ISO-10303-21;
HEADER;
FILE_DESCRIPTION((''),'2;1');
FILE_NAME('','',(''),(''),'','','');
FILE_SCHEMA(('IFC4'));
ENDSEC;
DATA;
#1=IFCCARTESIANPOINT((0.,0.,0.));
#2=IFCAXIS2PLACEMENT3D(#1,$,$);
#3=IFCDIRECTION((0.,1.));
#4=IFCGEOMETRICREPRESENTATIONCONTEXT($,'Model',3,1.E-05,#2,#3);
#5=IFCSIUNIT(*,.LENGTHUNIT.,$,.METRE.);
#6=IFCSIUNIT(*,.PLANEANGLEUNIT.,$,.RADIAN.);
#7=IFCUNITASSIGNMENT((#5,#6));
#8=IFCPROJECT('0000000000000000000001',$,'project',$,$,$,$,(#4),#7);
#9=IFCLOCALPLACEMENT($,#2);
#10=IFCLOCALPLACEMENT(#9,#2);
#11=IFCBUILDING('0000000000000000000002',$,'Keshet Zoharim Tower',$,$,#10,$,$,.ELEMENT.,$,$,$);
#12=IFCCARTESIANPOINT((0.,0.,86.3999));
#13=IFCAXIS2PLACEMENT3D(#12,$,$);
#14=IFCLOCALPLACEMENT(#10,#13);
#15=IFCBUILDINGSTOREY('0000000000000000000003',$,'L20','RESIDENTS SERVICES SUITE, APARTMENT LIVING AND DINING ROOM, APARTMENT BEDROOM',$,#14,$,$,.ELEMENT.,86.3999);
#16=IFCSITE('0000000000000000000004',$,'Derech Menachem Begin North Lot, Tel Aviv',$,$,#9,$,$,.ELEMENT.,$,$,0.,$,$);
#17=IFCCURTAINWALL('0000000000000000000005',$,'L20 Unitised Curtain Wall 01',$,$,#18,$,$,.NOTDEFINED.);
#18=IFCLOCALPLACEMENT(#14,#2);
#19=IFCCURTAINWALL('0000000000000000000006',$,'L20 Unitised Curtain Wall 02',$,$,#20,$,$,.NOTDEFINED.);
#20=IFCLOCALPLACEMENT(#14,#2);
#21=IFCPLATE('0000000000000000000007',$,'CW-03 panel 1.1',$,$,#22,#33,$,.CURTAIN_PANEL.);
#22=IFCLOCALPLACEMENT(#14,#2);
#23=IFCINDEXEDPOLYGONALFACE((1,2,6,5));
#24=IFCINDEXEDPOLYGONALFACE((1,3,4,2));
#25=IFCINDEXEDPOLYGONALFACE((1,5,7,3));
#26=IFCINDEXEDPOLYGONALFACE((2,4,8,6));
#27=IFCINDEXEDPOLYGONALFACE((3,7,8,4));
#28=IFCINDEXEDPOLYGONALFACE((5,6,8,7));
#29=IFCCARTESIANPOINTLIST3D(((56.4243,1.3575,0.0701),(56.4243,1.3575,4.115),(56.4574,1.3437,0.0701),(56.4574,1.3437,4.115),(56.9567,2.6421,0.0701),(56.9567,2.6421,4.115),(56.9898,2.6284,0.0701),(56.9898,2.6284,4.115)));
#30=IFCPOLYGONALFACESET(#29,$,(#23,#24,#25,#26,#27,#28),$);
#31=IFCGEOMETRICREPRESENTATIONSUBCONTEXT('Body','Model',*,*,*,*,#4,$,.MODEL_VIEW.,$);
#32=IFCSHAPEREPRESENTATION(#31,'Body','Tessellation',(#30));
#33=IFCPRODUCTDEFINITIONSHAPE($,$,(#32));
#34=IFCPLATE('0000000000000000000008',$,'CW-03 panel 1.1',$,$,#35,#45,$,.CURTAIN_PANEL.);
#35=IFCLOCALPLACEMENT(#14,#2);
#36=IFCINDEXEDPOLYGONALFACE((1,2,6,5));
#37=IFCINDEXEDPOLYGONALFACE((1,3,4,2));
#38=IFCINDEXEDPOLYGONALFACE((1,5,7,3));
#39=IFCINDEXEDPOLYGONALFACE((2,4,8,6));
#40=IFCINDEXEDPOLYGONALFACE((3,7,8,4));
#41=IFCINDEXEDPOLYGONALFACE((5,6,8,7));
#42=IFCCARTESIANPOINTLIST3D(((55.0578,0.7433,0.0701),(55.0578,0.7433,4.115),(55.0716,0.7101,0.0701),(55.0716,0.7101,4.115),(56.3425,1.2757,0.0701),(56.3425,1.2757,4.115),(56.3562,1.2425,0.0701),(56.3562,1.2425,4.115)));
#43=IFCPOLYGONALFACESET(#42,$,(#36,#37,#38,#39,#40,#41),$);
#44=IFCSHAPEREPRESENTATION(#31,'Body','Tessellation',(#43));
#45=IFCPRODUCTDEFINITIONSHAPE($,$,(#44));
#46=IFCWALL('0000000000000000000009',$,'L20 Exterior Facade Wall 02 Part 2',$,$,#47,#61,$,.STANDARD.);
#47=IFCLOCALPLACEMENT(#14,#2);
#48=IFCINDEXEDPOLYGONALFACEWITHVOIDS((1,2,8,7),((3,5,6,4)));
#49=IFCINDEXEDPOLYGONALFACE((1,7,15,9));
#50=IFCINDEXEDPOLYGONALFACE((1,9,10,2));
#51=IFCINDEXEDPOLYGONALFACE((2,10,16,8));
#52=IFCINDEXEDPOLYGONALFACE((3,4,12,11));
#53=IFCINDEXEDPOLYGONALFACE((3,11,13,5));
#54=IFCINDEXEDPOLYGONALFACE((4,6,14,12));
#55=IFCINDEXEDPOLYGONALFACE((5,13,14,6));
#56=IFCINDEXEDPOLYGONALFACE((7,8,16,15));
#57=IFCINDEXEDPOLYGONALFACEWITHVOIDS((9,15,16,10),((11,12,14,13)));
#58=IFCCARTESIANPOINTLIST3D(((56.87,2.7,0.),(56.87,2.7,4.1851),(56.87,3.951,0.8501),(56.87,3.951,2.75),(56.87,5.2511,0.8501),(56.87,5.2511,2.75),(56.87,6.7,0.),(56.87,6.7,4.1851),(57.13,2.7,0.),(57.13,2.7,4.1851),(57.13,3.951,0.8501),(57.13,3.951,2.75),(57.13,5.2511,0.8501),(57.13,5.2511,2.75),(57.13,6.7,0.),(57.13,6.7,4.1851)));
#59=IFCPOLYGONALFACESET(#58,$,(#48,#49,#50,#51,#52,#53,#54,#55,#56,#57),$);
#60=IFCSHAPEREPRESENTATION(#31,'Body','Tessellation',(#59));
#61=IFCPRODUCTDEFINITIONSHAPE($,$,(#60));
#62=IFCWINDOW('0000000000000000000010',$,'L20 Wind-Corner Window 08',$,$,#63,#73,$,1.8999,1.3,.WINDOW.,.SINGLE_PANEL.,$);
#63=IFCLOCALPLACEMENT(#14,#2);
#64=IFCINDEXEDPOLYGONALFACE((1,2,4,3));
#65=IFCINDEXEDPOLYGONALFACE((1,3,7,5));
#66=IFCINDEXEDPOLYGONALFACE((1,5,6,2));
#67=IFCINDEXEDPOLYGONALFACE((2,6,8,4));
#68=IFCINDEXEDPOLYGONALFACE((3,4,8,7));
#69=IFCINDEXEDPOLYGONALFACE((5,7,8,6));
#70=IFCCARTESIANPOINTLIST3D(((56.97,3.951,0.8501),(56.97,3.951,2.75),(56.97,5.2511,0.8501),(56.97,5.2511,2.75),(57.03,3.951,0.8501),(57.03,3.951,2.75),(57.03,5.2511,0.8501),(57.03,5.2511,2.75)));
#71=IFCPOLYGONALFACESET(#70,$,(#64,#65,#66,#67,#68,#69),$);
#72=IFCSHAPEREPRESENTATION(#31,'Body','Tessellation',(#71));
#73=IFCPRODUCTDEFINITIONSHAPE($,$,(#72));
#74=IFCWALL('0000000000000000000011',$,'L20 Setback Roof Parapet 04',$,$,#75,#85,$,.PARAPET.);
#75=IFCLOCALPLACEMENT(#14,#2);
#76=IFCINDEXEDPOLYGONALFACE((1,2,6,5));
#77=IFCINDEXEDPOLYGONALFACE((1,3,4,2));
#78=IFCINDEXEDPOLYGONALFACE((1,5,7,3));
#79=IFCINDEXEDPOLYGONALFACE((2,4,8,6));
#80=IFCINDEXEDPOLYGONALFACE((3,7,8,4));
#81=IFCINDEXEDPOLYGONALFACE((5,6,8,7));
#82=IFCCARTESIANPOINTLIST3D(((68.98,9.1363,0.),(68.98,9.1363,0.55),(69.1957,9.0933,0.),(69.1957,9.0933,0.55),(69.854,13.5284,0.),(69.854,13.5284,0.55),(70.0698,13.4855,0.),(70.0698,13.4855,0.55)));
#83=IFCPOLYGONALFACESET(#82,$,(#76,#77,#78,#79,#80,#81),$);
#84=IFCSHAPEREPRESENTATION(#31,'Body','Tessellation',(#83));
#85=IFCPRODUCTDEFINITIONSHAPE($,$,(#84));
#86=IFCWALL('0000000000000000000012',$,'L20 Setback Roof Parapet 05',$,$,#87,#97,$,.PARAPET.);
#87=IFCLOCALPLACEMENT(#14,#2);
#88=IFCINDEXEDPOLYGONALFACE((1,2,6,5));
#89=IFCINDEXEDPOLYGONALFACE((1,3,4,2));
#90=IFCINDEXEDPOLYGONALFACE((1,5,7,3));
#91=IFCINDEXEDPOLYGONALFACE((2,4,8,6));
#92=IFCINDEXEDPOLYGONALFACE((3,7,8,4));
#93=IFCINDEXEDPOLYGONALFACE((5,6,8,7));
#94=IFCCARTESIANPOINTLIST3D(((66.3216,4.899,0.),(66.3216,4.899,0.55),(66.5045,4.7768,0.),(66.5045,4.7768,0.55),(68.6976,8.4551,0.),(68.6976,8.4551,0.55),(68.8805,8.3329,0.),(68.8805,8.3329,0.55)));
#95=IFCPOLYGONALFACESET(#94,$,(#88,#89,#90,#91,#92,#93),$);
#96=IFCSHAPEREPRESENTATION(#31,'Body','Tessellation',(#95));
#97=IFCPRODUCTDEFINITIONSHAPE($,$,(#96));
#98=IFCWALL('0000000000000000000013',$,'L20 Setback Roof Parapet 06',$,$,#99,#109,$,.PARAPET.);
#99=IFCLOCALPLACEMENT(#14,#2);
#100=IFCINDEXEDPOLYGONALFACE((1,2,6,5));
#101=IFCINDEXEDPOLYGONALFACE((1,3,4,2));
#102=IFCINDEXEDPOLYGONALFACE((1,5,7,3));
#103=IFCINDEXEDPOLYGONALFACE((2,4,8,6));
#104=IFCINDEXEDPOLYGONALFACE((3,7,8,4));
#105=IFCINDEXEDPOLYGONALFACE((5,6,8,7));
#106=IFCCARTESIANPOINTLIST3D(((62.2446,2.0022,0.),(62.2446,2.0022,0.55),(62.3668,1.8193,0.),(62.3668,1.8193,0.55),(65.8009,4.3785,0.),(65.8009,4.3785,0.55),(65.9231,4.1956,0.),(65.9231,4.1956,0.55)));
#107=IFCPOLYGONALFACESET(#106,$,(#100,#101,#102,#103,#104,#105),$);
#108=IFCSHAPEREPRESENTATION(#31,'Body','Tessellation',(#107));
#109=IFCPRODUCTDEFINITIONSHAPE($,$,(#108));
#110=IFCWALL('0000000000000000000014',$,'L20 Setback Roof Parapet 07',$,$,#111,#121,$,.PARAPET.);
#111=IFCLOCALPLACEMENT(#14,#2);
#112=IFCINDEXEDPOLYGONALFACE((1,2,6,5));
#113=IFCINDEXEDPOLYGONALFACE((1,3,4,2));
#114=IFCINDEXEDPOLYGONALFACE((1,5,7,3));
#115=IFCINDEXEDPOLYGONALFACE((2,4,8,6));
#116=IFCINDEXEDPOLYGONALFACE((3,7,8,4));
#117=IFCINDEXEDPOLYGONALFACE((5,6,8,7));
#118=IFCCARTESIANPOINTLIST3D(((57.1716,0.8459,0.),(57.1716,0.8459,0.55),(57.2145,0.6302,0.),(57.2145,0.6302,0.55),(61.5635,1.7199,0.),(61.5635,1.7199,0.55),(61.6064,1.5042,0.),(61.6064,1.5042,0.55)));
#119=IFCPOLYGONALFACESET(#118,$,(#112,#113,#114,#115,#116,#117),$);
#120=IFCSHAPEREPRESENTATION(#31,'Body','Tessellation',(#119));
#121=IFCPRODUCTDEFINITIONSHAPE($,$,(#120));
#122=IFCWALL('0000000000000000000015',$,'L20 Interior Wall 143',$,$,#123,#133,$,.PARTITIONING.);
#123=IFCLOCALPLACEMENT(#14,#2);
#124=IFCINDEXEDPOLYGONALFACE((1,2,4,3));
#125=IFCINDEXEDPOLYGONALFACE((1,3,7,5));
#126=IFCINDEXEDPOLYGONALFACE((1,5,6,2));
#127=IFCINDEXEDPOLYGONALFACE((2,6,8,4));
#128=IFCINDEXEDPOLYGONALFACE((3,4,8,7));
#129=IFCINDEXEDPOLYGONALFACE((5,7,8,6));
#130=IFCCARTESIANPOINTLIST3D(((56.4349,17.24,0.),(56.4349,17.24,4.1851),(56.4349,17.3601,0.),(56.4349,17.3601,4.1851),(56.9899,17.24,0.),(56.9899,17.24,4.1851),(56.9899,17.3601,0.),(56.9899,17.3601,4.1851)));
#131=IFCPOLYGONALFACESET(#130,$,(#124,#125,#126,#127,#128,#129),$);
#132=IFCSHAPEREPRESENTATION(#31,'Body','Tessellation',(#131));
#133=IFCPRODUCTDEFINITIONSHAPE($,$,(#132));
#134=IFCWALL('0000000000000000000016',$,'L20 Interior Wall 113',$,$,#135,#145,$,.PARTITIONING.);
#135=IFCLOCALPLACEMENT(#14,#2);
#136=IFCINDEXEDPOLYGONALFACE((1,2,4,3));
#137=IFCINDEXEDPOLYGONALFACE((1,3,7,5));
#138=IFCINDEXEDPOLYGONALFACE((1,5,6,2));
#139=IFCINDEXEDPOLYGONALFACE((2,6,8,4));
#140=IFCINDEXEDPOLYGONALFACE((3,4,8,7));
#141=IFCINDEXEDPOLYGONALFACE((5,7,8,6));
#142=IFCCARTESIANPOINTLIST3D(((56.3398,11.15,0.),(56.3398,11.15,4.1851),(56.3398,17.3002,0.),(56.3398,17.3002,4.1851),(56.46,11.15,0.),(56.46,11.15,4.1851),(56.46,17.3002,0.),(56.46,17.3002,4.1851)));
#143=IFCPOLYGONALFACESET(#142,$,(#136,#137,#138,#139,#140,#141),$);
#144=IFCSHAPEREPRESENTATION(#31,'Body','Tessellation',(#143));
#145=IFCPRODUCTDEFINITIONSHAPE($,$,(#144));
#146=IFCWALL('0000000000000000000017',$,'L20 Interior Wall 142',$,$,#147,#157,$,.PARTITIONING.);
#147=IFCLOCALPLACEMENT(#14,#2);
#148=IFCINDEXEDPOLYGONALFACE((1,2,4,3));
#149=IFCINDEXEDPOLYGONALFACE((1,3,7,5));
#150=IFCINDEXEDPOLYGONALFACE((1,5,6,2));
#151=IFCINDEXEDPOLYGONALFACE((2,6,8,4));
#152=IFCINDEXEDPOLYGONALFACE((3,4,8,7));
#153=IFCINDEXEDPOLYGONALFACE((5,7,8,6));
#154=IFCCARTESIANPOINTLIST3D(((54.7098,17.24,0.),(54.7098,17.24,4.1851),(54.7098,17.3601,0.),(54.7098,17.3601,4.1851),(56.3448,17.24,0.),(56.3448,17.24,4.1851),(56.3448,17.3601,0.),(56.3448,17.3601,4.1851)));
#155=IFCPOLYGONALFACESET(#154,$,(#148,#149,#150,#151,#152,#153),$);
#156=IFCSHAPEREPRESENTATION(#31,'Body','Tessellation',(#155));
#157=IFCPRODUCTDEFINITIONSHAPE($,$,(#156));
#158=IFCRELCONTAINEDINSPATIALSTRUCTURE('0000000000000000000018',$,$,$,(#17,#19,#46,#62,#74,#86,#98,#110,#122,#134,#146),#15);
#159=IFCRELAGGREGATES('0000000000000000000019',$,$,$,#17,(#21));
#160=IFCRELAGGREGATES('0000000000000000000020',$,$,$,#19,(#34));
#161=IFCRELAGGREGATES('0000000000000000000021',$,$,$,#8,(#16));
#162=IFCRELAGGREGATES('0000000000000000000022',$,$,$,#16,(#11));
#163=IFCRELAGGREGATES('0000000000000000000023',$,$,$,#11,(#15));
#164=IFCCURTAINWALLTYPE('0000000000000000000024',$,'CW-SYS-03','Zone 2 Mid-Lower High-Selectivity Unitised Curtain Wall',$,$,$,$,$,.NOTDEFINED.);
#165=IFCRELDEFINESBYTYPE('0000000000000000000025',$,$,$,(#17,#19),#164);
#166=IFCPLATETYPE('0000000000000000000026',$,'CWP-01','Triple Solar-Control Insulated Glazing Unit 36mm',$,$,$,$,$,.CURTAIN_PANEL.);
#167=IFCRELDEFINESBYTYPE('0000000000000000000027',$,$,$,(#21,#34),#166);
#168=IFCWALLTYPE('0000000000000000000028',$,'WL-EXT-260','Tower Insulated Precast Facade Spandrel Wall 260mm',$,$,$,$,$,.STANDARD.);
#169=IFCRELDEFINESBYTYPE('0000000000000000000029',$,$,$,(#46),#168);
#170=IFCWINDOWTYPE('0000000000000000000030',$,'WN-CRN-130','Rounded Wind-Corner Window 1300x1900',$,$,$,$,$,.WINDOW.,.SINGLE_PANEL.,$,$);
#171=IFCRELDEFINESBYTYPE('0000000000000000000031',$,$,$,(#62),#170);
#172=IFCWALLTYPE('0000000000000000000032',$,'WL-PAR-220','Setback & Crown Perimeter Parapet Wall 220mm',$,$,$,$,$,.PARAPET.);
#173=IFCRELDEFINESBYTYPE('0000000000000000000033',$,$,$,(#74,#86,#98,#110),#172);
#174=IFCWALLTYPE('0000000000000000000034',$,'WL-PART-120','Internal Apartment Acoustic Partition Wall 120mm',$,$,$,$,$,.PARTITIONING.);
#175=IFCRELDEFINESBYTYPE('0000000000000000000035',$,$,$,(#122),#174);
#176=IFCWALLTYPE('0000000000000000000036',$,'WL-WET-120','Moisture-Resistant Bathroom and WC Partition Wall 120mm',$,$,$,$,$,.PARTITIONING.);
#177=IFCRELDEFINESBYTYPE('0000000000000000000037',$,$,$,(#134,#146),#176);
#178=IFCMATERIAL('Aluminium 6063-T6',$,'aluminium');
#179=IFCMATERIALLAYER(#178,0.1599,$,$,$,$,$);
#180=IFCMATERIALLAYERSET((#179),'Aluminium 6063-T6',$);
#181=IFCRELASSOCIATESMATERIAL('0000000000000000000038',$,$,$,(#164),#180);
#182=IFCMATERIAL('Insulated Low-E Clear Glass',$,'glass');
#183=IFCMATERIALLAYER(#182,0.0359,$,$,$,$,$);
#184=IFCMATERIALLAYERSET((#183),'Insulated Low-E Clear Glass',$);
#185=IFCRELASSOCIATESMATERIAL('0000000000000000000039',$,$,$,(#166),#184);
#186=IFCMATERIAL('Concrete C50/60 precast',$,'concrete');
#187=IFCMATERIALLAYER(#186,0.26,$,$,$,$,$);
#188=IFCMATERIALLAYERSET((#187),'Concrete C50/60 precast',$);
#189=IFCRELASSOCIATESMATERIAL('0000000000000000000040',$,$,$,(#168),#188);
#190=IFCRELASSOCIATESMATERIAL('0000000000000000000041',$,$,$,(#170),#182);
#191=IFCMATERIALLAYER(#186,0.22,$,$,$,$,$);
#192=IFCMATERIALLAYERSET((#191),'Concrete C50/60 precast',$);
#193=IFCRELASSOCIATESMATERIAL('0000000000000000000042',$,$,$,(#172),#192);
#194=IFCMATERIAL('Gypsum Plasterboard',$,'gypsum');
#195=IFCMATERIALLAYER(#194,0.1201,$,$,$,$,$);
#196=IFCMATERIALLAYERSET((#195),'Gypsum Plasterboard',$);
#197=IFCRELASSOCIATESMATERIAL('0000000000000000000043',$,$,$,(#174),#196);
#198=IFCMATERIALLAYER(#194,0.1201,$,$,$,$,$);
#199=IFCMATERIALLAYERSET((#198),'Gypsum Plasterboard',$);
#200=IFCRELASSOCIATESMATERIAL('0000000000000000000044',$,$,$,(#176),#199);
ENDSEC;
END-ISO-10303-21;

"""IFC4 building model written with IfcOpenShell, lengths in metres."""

from ifc_helpers import new_model, si_unit, direction, frame, frame_2d, origin, origin_2d, place, context, subcontext, project, spatial, rectangle, extrude, material, layer, layer_set, type_object, element, fill, aggregate, save


model = new_model("IFC4")

# Units and contexts
model_context = context("Model", 3, precision=1e-05, world=origin(), true_north=direction((0.0, 1.0)))
body_context = subcontext(model_context, "Body", "Model", "MODEL_VIEW")
ifc_project = project(units=[si_unit("LENGTHUNIT", "METRE"), si_unit("PLANEANGLEUNIT", "RADIAN")], contexts=[model_context])

# Site, building, storey
site_placement = place(None, origin())
site = spatial("IfcSite", under=ifc_project, at=site_placement, Name="Derech Menachem Begin North Lot, Tel Aviv", CompositionType="ELEMENT", RefElevation=0.0)
building_placement = place(site_placement, origin())
building = spatial("IfcBuilding", under=site, at=building_placement, Name="Keshet Zoharim Tower", CompositionType="ELEMENT")
storey_placement = place(building_placement, frame((0.0, 0.0, 86.3999)))
storey = spatial("IfcBuildingStorey", under=building, at=storey_placement, Name="L20", Description="RESIDENTS SERVICES SUITE, APARTMENT LIVING AND DINING ROOM, APARTMENT BEDROOM", CompositionType="ELEMENT", Elevation=86.3999)

# Curtain walls
ifc_material_1 = material(Name="Aluminium 6063-T6", Category="aluminium")
ifc_layer_1 = layer(ifc_material_1, 0.1599)
ifc_layer_set_1 = layer_set([ifc_layer_1], Name="Aluminium 6063-T6")
curtain_wall_type = type_object("IfcCurtainWallType", Name="CW-SYS-03", Description="Zone 2 Mid-Lower High-Selectivity Unitised Curtain Wall", PredefinedType="NOTDEFINED", material=ifc_layer_set_1)
curtain_wall_1_placement = place(storey_placement, origin())
curtain_wall_1 = element("IfcCurtainWall", 1, at=curtain_wall_1_placement, inside=storey, type_object=curtain_wall_type, Name="L20 Unitised Curtain Wall 01", PredefinedType="NOTDEFINED")
curtain_wall_2_placement = place(storey_placement, origin())
curtain_wall_2 = element("IfcCurtainWall", 2, at=curtain_wall_2_placement, inside=storey, type_object=curtain_wall_type, Name="L20 Unitised Curtain Wall 02", PredefinedType="NOTDEFINED")

# Plates
ifc_material_2 = material(Name="Insulated Low-E Clear Glass", Category="glass")
ifc_layer_2 = layer(ifc_material_2, 0.0359)
ifc_layer_set_2 = layer_set([ifc_layer_2], Name="Insulated Low-E Clear Glass")
plate_type = type_object("IfcPlateType", Name="CWP-01", Description="Triple Solar-Control Insulated Glazing Unit 36mm", PredefinedType="CURTAIN_PANEL", material=ifc_layer_set_2)
plate_1_placement = place(storey_placement, frame((56.707, 1.9929, 0.0701), z_axis=(0.0, 0.0, 1.0), x_axis=(-0.382852, -0.92381, 0.0)))
plate_1 = element("IfcPlate", 3, at=plate_1_placement, type_object=plate_type, Name="CW-03 panel 1.1", PredefinedType="CURTAIN_PANEL", context=body_context, shape_type="SweptSolid", body=[
    extrude(rectangle(XDim=1.3906, YDim=0.0359, at=origin_2d()), origin(), (0.0, 0.0, 1.0), 4.0449),
])
aggregate(curtain_wall_1, [plate_1])
plate_2_placement = place(storey_placement, frame((55.707, 0.9929, 0.0701), z_axis=(0.0, 0.0, 1.0), x_axis=(-0.92381, -0.382852, 0.0)))
plate_2 = element("IfcPlate", 4, at=plate_2_placement, type_object=plate_type, Name="CW-03 panel 1.1", PredefinedType="CURTAIN_PANEL", context=body_context, shape_type="SweptSolid", body=[
    extrude(rectangle(XDim=1.3906, YDim=0.0359, at=origin_2d()), origin(), (0.0, 0.0, 1.0), 4.0449),
])
aggregate(curtain_wall_2, [plate_2])

# Wall, opening, window
ifc_material_3 = material(Name="Concrete C50/60 precast", Category="concrete")
ifc_layer_3 = layer(ifc_material_3, 0.26)
ifc_layer_set_3 = layer_set([ifc_layer_3], Name="Concrete C50/60 precast")
wall_type_1 = type_object("IfcWallType", Name="WL-EXT-260", Description="Tower Insulated Precast Facade Spandrel Wall 260mm", PredefinedType="STANDARD", material=ifc_layer_set_3)
wall_1_placement = place(storey_placement, frame((57.0, 6.7, 0.0), z_axis=(0.0, 0.0, 1.0), x_axis=(0.0, -1.0, 0.0)))
wall_1 = element("IfcWall", 5, at=wall_1_placement, inside=storey, type_object=wall_type_1, Name="L20 Exterior Facade Wall 02 Part 2", PredefinedType="STANDARD", context=body_context, shape_type="SweptSolid", body=[
    extrude(rectangle(XDim=4.0, YDim=0.26, at=frame_2d((2.0, 0.0))), origin(), (0.0, 0.0, 1.0), 4.1851),
])
opening_placement = place(wall_1_placement, frame((1.449, 0.0, 0.8501)))
opening = element("IfcOpeningElement", 6, at=opening_placement, cuts=wall_1, PredefinedType="OPENING", context=body_context, shape_type="SweptSolid", body=[
    extrude(rectangle(XDim=1.3, YDim=1.8999, at=frame_2d((0.6499, 0.95))), frame((0.0, 0.1401, 0.0), z_axis=(0.0, -1.0, 0.0), x_axis=(1.0, 0.0, 0.0)), (0.0, 0.0, 1.0), 0.28),
])
window_type = type_object("IfcWindowType", Name="WN-CRN-130", Description="Rounded Wind-Corner Window 1300x1900", PartitioningType="SINGLE_PANEL", PredefinedType="WINDOW", material=ifc_material_2)
window_placement = place(opening_placement, origin())
window = element("IfcWindow", 7, at=window_placement, inside=storey, type_object=window_type, Name="L20 Wind-Corner Window 08", OverallHeight=1.8999, OverallWidth=1.3, PartitioningType="SINGLE_PANEL", PredefinedType="WINDOW", context=body_context, shape_type="SweptSolid", body=[
    extrude(rectangle(XDim=1.3, YDim=1.8999, at=frame_2d((0.6499, 0.95))), frame((0.0, 0.03, 0.0), z_axis=(0.0, -1.0, 0.0), x_axis=(1.0, 0.0, 0.0)), (0.0, 0.0, 1.0), 0.0601),
])
fill(opening, window)

# Walls
ifc_layer_4 = layer(ifc_material_3, 0.22)
ifc_layer_set_4 = layer_set([ifc_layer_4], Name="Concrete C50/60 precast")
wall_type_2 = type_object("IfcWallType", Name="WL-PAR-220", Description="Setback & Crown Perimeter Parapet Wall 220mm", PredefinedType="PARAPET", material=ifc_layer_set_4)
wall_2_placement = place(storey_placement, frame((69.9619, 13.5071, 0.0), z_axis=(0.0, 0.0, 1.0), x_axis=(-0.195172, -0.980769, 0.0)))
element("IfcWall", 8, at=wall_2_placement, inside=storey, type_object=wall_type_2, Name="L20 Setback Roof Parapet 04", PredefinedType="PARAPET", context=body_context, shape_type="SweptSolid", body=[
    extrude(rectangle(XDim=4.4783, YDim=0.22, at=frame_2d((2.2393, 0.0))), origin(), (0.0, 0.0, 1.0), 0.55),
])
wall_3_placement = place(storey_placement, frame((68.7891, 8.394, 0.0), z_axis=(0.0, 0.0, 1.0), x_axis=(-0.555543, -0.831488, 0.0)))
element("IfcWall", 9, at=wall_3_placement, inside=storey, type_object=wall_type_2, Name="L20 Setback Roof Parapet 05", PredefinedType="PARAPET", context=body_context, shape_type="SweptSolid", body=[
    extrude(rectangle(XDim=4.2769, YDim=0.22, at=frame_2d((2.1384, 0.0))), origin(), (0.0, 0.0, 1.0), 0.55),
])
wall_4_placement = place(storey_placement, frame((65.8621, 4.2871, 0.0), z_axis=(0.0, 0.0, 1.0), x_axis=(-0.831461, -0.555582, 0.0)))
element("IfcWall", 10, at=wall_4_placement, inside=storey, type_object=wall_type_2, Name="L20 Setback Roof Parapet 06", PredefinedType="PARAPET", context=body_context, shape_type="SweptSolid", body=[
    extrude(rectangle(XDim=4.2771, YDim=0.22, at=frame_2d((2.1387, 0.0))), origin(), (0.0, 0.0, 1.0), 0.55),
])
wall_5_placement = place(storey_placement, frame((61.585, 1.6121, 0.0), z_axis=(0.0, 0.0, 1.0), x_axis=(-0.980767, -0.195183, 0.0)))
element("IfcWall", 11, at=wall_5_placement, inside=storey, type_object=wall_type_2, Name="L20 Setback Roof Parapet 07", PredefinedType="PARAPET", context=body_context, shape_type="SweptSolid", body=[
    extrude(rectangle(XDim=4.478, YDim=0.22, at=frame_2d((2.239, 0.0))), origin(), (0.0, 0.0, 1.0), 0.55),
])
ifc_material_4 = material(Name="Gypsum Plasterboard", Category="gypsum")
ifc_layer_5 = layer(ifc_material_4, 0.1201)
ifc_layer_set_5 = layer_set([ifc_layer_5], Name="Gypsum Plasterboard")
wall_type_3 = type_object("IfcWallType", Name="WL-PART-120", Description="Internal Apartment Acoustic Partition Wall 120mm", PredefinedType="PARTITIONING", material=ifc_layer_set_5)
wall_6_placement = place(storey_placement, frame((56.4351, 17.3, 0.0), z_axis=(0.0, 0.0, 1.0), x_axis=(1.0, 0.0, 0.0)))
element("IfcWall", 12, at=wall_6_placement, inside=storey, type_object=wall_type_3, Name="L20 Interior Wall 143", PredefinedType="PARTITIONING", context=body_context, shape_type="SweptSolid", body=[
    extrude(rectangle(XDim=0.5549, YDim=0.1201, at=frame_2d((0.2773, 0.0))), origin(), (0.0, 0.0, 1.0), 4.1851),
])
ifc_layer_6 = layer(ifc_material_4, 0.1201)
ifc_layer_set_6 = layer_set([ifc_layer_6], Name="Gypsum Plasterboard")
wall_type_4 = type_object("IfcWallType", Name="WL-WET-120", Description="Moisture-Resistant Bathroom and WC Partition Wall 120mm", PredefinedType="PARTITIONING", material=ifc_layer_set_6)
wall_7_placement = place(storey_placement, frame((56.3999, 11.1499, 0.0), z_axis=(0.0, 0.0, 1.0), x_axis=(0.0, 1.0, 0.0)))
element("IfcWall", 13, at=wall_7_placement, inside=storey, type_object=wall_type_4, Name="L20 Interior Wall 113", PredefinedType="PARTITIONING", context=body_context, shape_type="SweptSolid", body=[
    extrude(rectangle(XDim=6.1501, YDim=0.1201, at=frame_2d((3.0752, 0.0))), origin(), (0.0, 0.0, 1.0), 4.1851),
])
wall_8_placement = place(storey_placement, frame((54.71, 17.3, 0.0), z_axis=(0.0, 0.0, 1.0), x_axis=(1.0, 0.0, 0.0)))
element("IfcWall", 14, at=wall_8_placement, inside=storey, type_object=wall_type_4, Name="L20 Interior Wall 142", PredefinedType="PARTITIONING", context=body_context, shape_type="SweptSolid", body=[
    extrude(rectangle(XDim=1.635, YDim=0.1201, at=frame_2d((0.8174, 0.0))), origin(), (0.0, 0.0, 1.0), 4.1851),
])

save(model, "model.ifc")
